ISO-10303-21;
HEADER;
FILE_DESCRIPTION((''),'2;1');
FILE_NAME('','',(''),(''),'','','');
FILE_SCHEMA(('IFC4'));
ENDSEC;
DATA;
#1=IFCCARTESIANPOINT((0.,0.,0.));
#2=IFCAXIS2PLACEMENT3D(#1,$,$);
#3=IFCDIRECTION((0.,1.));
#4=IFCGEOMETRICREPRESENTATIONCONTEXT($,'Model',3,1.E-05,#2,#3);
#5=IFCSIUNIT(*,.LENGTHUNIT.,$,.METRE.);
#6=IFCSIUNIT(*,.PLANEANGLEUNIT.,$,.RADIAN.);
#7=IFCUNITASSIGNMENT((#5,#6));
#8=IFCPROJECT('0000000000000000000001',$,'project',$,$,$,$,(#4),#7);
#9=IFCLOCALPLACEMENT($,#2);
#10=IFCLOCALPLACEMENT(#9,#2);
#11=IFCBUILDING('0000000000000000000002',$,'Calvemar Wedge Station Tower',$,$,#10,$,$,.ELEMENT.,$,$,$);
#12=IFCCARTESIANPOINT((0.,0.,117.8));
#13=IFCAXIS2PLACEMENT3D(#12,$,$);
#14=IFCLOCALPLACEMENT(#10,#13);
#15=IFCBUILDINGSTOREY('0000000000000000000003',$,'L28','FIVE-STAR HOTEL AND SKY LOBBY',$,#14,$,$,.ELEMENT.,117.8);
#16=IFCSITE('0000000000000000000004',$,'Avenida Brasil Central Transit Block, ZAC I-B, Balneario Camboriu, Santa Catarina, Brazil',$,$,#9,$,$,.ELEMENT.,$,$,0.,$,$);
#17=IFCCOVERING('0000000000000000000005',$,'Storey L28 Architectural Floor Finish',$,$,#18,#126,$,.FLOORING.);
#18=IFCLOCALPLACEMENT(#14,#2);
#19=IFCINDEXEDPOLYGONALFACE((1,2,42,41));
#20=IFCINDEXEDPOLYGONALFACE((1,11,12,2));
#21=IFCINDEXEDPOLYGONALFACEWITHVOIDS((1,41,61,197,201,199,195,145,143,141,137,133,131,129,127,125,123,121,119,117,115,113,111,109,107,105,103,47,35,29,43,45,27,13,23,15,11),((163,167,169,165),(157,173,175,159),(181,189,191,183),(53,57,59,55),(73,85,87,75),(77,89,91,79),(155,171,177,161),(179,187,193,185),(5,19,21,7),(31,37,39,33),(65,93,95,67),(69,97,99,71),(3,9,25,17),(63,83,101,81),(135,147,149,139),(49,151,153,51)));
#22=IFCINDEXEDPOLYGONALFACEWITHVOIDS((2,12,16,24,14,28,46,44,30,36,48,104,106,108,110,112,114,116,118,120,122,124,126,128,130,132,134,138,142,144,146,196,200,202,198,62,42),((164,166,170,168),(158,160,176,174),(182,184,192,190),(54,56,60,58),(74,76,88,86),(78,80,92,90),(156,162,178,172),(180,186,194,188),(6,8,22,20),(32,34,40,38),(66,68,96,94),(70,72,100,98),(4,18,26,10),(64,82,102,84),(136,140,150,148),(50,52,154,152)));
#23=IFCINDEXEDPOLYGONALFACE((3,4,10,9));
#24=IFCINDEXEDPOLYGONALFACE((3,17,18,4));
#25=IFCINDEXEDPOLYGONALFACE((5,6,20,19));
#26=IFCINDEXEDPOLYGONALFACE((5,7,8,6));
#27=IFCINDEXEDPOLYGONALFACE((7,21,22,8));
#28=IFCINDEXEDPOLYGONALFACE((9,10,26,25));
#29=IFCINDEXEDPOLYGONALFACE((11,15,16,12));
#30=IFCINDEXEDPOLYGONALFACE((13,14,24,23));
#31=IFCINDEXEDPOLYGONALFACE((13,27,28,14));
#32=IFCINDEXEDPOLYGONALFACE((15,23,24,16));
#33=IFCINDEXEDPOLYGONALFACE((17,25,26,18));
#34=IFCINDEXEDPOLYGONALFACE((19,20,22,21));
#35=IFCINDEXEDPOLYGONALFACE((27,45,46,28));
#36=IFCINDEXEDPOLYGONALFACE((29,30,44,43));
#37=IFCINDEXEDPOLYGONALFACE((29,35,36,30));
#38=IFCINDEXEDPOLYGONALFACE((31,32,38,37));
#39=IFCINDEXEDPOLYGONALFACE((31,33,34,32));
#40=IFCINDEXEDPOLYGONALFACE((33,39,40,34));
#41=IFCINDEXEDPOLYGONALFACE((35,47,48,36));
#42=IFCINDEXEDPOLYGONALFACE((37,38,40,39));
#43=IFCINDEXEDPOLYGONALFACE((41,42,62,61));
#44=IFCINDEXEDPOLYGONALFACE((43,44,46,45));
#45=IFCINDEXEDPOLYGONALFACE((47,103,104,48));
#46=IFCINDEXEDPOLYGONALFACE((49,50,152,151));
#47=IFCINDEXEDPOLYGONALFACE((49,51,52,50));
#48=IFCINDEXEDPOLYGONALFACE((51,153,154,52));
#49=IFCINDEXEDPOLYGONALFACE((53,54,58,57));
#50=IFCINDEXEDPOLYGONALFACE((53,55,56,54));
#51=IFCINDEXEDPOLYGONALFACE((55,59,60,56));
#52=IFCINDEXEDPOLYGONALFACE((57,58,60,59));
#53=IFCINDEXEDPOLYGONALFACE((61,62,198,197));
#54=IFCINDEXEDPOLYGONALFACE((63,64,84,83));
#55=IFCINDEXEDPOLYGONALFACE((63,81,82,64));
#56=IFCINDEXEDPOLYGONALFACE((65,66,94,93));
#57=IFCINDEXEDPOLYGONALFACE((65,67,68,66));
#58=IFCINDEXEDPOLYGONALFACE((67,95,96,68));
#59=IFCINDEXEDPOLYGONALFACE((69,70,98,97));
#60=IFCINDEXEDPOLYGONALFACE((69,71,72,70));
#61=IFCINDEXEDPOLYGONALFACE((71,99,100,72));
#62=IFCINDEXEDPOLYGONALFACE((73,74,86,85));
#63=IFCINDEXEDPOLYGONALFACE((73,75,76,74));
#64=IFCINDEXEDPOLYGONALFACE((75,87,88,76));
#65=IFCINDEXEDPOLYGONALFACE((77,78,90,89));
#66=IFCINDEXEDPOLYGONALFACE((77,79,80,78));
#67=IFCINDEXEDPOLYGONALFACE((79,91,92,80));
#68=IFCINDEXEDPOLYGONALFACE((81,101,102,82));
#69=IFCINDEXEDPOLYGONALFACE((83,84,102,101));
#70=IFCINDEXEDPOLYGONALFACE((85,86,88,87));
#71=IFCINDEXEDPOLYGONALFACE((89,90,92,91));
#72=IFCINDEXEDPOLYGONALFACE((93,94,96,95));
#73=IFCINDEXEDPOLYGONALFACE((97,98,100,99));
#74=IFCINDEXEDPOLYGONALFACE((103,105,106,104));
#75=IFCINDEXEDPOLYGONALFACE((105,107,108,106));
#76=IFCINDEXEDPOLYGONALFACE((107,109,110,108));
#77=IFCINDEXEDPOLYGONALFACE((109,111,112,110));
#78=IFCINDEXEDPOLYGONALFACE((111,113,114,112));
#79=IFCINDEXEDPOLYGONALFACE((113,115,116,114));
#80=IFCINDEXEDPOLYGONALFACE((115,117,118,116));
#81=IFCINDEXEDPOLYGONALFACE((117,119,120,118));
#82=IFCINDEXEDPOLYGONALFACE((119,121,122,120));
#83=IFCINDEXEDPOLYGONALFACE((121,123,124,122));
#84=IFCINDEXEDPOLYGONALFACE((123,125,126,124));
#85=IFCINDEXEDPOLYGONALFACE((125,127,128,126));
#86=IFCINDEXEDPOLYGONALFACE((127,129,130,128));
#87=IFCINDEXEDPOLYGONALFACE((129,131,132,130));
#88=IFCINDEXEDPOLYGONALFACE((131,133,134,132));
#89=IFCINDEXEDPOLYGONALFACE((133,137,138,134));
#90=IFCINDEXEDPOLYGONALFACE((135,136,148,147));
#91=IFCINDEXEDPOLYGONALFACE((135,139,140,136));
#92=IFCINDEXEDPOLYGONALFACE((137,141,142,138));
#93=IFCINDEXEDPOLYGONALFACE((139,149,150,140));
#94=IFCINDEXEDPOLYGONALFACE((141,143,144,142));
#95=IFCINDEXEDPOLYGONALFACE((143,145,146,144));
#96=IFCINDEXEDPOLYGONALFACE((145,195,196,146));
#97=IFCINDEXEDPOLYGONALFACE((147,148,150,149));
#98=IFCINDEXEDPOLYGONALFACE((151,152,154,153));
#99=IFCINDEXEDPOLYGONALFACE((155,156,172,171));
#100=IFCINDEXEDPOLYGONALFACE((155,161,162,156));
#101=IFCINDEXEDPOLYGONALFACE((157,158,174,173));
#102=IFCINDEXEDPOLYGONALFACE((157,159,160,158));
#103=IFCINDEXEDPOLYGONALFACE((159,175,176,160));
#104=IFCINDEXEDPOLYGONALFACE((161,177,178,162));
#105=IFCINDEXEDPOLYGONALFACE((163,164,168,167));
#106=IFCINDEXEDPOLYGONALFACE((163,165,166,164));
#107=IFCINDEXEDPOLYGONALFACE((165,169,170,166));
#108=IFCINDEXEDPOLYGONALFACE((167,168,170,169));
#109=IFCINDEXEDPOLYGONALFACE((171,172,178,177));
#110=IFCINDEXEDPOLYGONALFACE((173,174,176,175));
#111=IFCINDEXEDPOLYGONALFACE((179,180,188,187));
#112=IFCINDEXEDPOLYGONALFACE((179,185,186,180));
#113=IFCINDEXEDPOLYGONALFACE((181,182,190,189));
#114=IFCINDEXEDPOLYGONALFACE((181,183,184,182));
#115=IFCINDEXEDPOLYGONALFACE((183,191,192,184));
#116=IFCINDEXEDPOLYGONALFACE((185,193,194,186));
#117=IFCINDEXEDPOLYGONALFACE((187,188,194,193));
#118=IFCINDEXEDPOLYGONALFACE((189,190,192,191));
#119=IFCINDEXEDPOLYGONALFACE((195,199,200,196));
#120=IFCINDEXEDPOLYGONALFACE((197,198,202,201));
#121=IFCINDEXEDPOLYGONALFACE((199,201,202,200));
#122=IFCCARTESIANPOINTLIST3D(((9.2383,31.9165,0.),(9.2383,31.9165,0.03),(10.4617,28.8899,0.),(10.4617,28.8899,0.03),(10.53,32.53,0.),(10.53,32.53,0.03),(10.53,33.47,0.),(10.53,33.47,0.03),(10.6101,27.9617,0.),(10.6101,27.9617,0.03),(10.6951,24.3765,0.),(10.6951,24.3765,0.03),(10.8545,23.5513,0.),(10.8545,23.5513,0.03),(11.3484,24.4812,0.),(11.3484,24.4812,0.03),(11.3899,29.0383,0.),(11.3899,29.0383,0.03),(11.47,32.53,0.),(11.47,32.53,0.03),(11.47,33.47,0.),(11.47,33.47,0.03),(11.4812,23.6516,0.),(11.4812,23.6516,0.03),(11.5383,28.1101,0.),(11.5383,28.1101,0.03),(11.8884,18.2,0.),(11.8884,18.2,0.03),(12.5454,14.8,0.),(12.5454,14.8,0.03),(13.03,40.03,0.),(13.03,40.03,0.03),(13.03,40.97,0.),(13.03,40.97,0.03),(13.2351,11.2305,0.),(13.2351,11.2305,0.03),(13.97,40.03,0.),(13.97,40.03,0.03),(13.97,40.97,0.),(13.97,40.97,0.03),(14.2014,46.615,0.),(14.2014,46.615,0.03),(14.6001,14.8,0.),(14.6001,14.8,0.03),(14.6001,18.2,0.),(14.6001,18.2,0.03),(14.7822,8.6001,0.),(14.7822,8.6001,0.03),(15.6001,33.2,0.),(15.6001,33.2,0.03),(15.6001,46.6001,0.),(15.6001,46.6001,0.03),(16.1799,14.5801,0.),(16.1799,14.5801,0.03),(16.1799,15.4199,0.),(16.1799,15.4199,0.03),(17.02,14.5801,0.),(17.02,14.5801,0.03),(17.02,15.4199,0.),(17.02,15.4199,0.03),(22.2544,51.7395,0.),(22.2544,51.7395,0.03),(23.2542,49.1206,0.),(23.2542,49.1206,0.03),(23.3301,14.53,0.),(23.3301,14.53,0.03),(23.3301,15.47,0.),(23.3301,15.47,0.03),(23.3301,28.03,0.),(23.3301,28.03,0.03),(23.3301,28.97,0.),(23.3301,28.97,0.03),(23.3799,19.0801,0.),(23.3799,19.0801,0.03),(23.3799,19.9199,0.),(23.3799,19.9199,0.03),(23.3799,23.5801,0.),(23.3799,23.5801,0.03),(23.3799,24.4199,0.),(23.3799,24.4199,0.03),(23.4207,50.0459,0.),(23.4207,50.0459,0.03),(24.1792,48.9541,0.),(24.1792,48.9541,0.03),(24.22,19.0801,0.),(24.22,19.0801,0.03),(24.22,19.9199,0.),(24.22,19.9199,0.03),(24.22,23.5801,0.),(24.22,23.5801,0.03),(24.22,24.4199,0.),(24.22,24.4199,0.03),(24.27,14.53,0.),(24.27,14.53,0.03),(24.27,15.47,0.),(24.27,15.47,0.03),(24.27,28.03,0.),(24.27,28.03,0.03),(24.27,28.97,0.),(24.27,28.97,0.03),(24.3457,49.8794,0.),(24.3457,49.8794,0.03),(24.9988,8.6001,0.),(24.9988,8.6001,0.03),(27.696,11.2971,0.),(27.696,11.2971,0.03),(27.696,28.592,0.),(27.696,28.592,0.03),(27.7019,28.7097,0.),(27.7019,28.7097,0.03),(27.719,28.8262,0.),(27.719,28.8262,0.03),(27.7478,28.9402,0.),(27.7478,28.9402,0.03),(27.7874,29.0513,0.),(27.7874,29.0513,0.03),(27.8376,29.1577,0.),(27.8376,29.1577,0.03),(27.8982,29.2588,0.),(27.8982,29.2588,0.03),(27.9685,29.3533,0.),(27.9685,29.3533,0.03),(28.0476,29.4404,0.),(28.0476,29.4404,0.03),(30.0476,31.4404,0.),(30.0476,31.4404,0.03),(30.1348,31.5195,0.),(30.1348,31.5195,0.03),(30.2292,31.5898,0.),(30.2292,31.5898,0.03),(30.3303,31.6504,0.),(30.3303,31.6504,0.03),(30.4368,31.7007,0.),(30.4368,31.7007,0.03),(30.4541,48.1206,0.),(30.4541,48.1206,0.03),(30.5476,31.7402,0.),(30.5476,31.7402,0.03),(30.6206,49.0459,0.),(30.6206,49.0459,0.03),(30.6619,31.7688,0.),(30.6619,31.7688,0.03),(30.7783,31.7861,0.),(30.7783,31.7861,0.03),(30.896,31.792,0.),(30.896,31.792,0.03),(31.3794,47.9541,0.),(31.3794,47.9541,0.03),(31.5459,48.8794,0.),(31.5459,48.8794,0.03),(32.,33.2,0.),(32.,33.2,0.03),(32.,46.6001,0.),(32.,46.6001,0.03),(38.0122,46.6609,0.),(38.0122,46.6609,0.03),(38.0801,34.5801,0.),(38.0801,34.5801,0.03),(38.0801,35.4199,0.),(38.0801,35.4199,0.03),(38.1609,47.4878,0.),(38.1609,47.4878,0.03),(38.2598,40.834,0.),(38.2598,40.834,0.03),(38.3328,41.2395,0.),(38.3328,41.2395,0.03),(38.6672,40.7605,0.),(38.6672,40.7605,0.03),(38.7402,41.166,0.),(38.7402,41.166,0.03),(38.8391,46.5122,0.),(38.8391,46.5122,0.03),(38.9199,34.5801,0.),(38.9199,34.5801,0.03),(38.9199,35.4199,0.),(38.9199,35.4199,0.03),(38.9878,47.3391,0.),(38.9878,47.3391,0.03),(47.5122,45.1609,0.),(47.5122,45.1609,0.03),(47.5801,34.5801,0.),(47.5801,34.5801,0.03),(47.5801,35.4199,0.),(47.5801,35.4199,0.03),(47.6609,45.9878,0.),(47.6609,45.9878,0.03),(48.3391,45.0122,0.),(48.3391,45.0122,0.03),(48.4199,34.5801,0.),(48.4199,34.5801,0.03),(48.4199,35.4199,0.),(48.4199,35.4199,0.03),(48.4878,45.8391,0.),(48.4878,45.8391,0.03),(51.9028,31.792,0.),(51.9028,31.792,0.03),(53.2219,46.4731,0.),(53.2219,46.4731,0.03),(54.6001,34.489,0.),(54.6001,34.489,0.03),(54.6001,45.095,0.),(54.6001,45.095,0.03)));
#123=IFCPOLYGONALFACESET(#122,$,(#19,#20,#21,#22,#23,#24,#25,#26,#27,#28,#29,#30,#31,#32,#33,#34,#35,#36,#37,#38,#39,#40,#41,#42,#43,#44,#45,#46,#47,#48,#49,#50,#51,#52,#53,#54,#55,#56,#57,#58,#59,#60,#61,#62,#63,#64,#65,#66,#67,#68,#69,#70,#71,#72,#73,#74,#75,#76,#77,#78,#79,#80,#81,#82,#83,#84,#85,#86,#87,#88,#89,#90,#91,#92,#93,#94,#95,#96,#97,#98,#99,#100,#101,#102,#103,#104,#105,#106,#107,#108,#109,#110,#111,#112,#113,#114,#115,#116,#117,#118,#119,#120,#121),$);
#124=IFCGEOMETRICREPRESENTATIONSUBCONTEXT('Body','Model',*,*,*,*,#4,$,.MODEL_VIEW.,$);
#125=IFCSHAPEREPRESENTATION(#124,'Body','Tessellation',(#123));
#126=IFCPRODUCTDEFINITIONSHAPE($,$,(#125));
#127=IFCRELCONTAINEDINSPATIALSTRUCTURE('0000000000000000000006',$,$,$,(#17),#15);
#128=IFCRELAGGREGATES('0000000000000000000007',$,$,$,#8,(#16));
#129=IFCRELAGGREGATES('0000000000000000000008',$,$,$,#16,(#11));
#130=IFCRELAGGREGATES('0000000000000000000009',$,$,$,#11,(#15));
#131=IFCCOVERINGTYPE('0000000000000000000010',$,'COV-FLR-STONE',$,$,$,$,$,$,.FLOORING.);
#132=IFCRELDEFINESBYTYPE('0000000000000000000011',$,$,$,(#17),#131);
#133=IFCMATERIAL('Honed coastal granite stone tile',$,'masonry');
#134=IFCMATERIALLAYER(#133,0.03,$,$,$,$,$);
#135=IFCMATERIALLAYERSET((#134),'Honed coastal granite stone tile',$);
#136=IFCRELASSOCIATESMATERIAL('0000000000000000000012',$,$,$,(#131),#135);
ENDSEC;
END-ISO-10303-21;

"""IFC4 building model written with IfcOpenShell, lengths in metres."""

from ifc_helpers import new_model, si_unit, direction, frame, origin, place, context, subcontext, project, spatial, polyline, outline, extrude, material, layer, layer_set, type_object, element, save


model = new_model("IFC4")

# Units and contexts
model_context = context("Model", 3, precision=1e-05, world=origin(), true_north=direction((0.0, 1.0)))
body_context = subcontext(model_context, "Body", "Model", "MODEL_VIEW")
ifc_project = project(units=[si_unit("LENGTHUNIT", "METRE"), si_unit("PLANEANGLEUNIT", "RADIAN")], contexts=[model_context])

# Site, building, storey
site_placement = place(None, origin())
site = spatial("IfcSite", under=ifc_project, at=site_placement, Name="Avenida Brasil Central Transit Block, ZAC I-B, Balneario Camboriu, Santa Catarina, Brazil", CompositionType="ELEMENT", RefElevation=0.0)
building_placement = place(site_placement, origin())
building = spatial("IfcBuilding", under=site, at=building_placement, Name="Calvemar Wedge Station Tower", CompositionType="ELEMENT")
storey_placement = place(building_placement, frame((0.0, 0.0, 117.8)))
storey = spatial("IfcBuildingStorey", under=building, at=storey_placement, Name="L28", Description="FIVE-STAR HOTEL AND SKY LOBBY", CompositionType="ELEMENT", Elevation=117.8)

# Covering
ifc_material_1 = material(Name="Honed coastal granite stone tile", Category="masonry")
ifc_layer_1 = layer(ifc_material_1, 0.03)
ifc_layer_set_1 = layer_set([ifc_layer_1], Name="Honed coastal granite stone tile")
covering_type_1 = type_object("IfcCoveringType", Name="COV-FLR-STONE", PredefinedType="FLOORING", material=ifc_layer_set_1)
covering_1_placement = place(storey_placement, origin())
element("IfcCovering", 1, at=covering_1_placement, inside=storey, type_object=covering_type_1, Name="Storey L28 Architectural Floor Finish", PredefinedType="FLOORING", context=body_context, shape_type="SweptSolid", body=[
    extrude(outline(polyline([(28.0476, 29.4404), (30.0476, 31.4404), (30.1348, 31.5195), (30.2292, 31.5898), (30.3303, 31.6504), (30.4368, 31.7007), (30.5476, 31.7402), (30.6619, 31.7688), (30.7783, 31.7861), (30.896, 31.792), (51.9028, 31.792), (54.6001, 34.489), (54.6001, 45.095), (53.2219, 46.4731), (22.2544, 51.7395), (14.2014, 46.615), (9.2383, 31.9165), (10.6951, 24.3765), (11.3484, 24.4812), (11.4812, 23.6516), (10.8545, 23.5513), (11.8884, 18.2), (14.6001, 18.2), (14.6001, 14.8), (12.5454, 14.8), (13.2351, 11.2305), (14.7822, 8.6001), (24.9988, 8.6001), (27.696, 11.2971), (27.696, 28.592), (27.7019, 28.7097), (27.719, 28.8262), (27.7478, 28.9402), (27.7874, 29.0513), (27.8376, 29.1577), (27.8982, 29.2588), (27.9685, 29.3533), (28.0476, 29.4404)]), holes=[polyline([(15.6001, 46.6001), (32.0, 46.6001), (32.0, 33.2), (15.6001, 33.2), (15.6001, 46.6001)]), polyline([(10.53, 32.53), (10.53, 33.47), (11.47, 33.47), (11.47, 32.53), (10.53, 32.53)]), polyline([(13.03, 40.97), (13.97, 40.97), (13.97, 40.03), (13.03, 40.03), (13.03, 40.97)]), polyline([(24.3457, 49.8794), (24.1792, 48.9541), (23.2542, 49.1206), (23.4207, 50.0459), (24.3457, 49.8794)]), polyline([(31.3794, 47.9541), (30.4541, 48.1206), (30.6206, 49.0459), (31.5459, 48.8794), (31.3794, 47.9541)]), polyline([(38.0122, 46.6609), (38.1609, 47.4878), (38.9878, 47.3391), (38.8391, 46.5122), (38.0122, 46.6609)]), polyline([(47.6609, 45.9878), (48.4878, 45.8391), (48.3391, 45.0122), (47.5122, 45.1609), (47.6609, 45.9878)]), polyline([(38.9199, 35.4199), (38.9199, 34.5801), (38.0801, 34.5801), (38.0801, 35.4199), (38.9199, 35.4199)]), polyline([(48.4199, 34.5801), (47.5801, 34.5801), (47.5801, 35.4199), (48.4199, 35.4199), (48.4199, 34.5801)]), polyline([(38.2598, 40.834), (38.3328, 41.2395), (38.7402, 41.166), (38.6672, 40.7605), (38.2598, 40.834)]), polyline([(11.3899, 29.0383), (11.5383, 28.1101), (10.6101, 27.9617), (10.4617, 28.8899), (11.3899, 29.0383)]), polyline([(24.27, 28.03), (23.3301, 28.03), (23.3301, 28.97), (24.27, 28.97), (24.27, 28.03)]), polyline([(23.3799, 23.5801), (23.3799, 24.4199), (24.22, 24.4199), (24.22, 23.5801), (23.3799, 23.5801)]), polyline([(23.3799, 19.9199), (24.22, 19.9199), (24.22, 19.0801), (23.3799, 19.0801), (23.3799, 19.9199)]), polyline([(24.27, 15.47), (24.27, 14.53), (23.3301, 14.53), (23.3301, 15.47), (24.27, 15.47)]), polyline([(17.02, 14.5801), (16.1799, 14.5801), (16.1799, 15.4199), (17.02, 15.4199), (17.02, 14.5801)])]), origin(), (0.0, 0.0, 1.0), 0.03),
])

save(model, "model.ifc")
